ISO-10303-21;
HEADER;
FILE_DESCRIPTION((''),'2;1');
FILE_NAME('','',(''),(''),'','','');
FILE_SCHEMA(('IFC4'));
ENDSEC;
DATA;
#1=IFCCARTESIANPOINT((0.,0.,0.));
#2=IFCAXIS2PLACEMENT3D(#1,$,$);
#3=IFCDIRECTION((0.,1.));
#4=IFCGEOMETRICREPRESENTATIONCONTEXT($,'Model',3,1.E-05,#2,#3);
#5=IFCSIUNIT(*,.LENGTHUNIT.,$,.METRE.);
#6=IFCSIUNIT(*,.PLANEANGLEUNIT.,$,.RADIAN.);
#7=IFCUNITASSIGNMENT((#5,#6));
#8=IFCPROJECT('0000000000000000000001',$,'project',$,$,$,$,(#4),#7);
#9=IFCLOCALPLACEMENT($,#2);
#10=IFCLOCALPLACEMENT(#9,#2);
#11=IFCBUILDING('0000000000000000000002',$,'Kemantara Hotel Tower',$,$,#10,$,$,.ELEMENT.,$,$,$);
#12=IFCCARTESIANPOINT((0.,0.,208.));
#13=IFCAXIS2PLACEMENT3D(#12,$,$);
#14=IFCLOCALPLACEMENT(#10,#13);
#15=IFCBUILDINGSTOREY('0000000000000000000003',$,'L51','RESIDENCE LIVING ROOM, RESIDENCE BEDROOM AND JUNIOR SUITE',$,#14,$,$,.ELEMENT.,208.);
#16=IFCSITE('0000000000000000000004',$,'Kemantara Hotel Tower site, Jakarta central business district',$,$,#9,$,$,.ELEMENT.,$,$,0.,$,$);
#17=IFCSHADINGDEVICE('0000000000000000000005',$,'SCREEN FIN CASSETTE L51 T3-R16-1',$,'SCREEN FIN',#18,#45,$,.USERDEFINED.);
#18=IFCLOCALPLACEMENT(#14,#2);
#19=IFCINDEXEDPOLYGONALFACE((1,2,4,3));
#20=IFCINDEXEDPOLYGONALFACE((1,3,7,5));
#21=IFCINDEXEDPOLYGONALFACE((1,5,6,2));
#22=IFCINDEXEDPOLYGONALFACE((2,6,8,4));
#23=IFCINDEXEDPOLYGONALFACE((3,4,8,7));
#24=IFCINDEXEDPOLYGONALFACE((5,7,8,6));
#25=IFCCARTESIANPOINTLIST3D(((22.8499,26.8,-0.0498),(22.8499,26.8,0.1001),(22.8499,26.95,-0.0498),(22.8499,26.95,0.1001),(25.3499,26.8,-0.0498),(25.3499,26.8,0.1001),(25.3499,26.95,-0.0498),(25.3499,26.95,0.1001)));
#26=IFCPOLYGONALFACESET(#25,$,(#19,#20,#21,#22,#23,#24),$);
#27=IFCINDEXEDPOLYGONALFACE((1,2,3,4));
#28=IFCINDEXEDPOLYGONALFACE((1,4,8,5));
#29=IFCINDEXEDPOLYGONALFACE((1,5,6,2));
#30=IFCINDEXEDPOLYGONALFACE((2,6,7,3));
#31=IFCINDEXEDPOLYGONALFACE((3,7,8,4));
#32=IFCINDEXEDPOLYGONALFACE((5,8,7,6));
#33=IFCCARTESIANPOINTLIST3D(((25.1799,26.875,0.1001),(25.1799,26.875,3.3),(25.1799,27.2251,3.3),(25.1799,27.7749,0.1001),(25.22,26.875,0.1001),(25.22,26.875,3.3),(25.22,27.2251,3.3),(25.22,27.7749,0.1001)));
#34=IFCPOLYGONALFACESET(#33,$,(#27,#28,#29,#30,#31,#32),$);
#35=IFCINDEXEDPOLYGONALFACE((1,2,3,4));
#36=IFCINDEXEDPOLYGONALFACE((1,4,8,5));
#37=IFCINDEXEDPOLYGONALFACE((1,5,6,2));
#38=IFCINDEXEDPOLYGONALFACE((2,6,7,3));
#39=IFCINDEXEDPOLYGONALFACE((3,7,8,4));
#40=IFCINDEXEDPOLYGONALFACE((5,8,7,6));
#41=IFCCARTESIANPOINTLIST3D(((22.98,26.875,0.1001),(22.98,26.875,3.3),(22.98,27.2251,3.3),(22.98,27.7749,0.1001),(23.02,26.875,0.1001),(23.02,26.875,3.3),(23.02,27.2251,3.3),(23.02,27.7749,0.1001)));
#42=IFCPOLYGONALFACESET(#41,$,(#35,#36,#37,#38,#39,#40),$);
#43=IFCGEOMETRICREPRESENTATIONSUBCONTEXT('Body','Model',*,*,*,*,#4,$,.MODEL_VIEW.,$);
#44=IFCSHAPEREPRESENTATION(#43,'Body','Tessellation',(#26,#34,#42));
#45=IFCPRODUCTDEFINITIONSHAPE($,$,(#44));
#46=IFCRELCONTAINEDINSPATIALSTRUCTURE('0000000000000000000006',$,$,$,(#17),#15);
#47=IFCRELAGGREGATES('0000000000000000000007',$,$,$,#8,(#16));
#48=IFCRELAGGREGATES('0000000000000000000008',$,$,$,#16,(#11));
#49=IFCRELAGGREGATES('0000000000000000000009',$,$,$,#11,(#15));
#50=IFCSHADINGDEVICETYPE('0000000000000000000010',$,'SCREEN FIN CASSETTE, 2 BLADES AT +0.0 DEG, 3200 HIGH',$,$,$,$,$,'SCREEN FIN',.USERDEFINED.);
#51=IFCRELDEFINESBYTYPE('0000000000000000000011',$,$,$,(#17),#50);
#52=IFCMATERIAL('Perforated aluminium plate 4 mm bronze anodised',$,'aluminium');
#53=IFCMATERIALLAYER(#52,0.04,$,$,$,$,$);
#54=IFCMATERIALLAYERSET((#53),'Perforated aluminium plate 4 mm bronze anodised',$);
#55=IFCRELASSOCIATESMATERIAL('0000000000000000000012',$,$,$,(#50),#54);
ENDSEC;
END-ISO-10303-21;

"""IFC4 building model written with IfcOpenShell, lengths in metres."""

from ifc_helpers import new_model, si_unit, direction, frame, origin, origin_2d, place, context, subcontext, project, spatial, polyline, rectangle, outline, extrude, source, transform, mapped, material, layer, layer_set, type_object, element, save


model = new_model("IFC4")

# Units and contexts
model_context = context("Model", 3, precision=1e-05, world=origin(), true_north=direction((0.0, 1.0)))
body_context = subcontext(model_context, "Body", "Model", "MODEL_VIEW")
ifc_project = project(units=[si_unit("LENGTHUNIT", "METRE"), si_unit("PLANEANGLEUNIT", "RADIAN")], contexts=[model_context])

# Site, building, storey
site_placement = place(None, origin())
site = spatial("IfcSite", under=ifc_project, at=site_placement, Name="Kemantara Hotel Tower site, Jakarta central business district", CompositionType="ELEMENT", RefElevation=0.0)
building_placement = place(site_placement, origin())
building = spatial("IfcBuilding", under=site, at=building_placement, Name="Kemantara Hotel Tower", CompositionType="ELEMENT")
storey_placement = place(building_placement, frame((0.0, 0.0, 208.0)))
storey = spatial("IfcBuildingStorey", under=building, at=storey_placement, Name="L51", Description="RESIDENCE LIVING ROOM, RESIDENCE BEDROOM AND JUNIOR SUITE", CompositionType="ELEMENT", Elevation=208.0)

# Shading device
ifc_material_1 = material(Name="Perforated aluminium plate 4 mm bronze anodised", Category="aluminium")
ifc_layer_1 = layer(ifc_material_1, 0.04)
ifc_layer_set_1 = layer_set([ifc_layer_1], Name="Perforated aluminium plate 4 mm bronze anodised")
shading_device_type_1 = type_object("IfcShadingDeviceType", Name="SCREEN FIN CASSETTE, 2 BLADES AT +0.0 DEG, 3200 HIGH", ElementType="SCREEN FIN", PredefinedType="USERDEFINED", material=ifc_layer_set_1)
shared_shape_1 = source(origin(), body_context, "Body", "SweptSolid", [
    extrude(rectangle(XDim=2.5, YDim=0.1499, at=origin_2d()), frame((1.1001, -0.075, -0.1499), z_axis=(0.0, 0.0, 1.0), x_axis=(1.0, 0.0, 0.0)), (0.0, 0.0, 1.0), 0.1499),
    extrude(outline(polyline([(0.0, 0.0), (0.8999, 0.0), (0.3501, 3.2), (0.0, 3.2), (0.0, 0.0)])), frame((0.02, -0.075, 0.0), z_axis=(-1.0, 0.0, 0.0), x_axis=(0.0, -1.0, 0.0)), (0.0, 0.0, 1.0), 0.04),
    extrude(outline(polyline([(0.0, 0.0), (0.8999, 0.0), (0.3501, 3.2), (0.0, 3.2), (0.0, 0.0)])), frame((2.22, -0.075, 0.0), z_axis=(-1.0, 0.0, 0.0), x_axis=(0.0, -1.0, 0.0)), (0.0, 0.0, 1.0), 0.04),
])
for number, where, z_axis, x_axis, name in (
    (1, (25.2, 26.8, 0.1001), (0.0, 0.0, 1.0), (-1.0, 0.0, 0.0), "SCREEN FIN CASSETTE L51 T3-R16-1"),
):
    element("IfcShadingDevice", number, at=place(storey_placement, frame(where, z_axis=z_axis, x_axis=x_axis)), inside=storey, type_object=shading_device_type_1, Name=name, ObjectType="SCREEN FIN", PredefinedType="USERDEFINED", context=body_context, shape_type="MappedRepresentation", body=[
        mapped(shared_shape_1, transform((0.0, 0.0, 0.0))),
    ])

save(model, "model.ifc")
